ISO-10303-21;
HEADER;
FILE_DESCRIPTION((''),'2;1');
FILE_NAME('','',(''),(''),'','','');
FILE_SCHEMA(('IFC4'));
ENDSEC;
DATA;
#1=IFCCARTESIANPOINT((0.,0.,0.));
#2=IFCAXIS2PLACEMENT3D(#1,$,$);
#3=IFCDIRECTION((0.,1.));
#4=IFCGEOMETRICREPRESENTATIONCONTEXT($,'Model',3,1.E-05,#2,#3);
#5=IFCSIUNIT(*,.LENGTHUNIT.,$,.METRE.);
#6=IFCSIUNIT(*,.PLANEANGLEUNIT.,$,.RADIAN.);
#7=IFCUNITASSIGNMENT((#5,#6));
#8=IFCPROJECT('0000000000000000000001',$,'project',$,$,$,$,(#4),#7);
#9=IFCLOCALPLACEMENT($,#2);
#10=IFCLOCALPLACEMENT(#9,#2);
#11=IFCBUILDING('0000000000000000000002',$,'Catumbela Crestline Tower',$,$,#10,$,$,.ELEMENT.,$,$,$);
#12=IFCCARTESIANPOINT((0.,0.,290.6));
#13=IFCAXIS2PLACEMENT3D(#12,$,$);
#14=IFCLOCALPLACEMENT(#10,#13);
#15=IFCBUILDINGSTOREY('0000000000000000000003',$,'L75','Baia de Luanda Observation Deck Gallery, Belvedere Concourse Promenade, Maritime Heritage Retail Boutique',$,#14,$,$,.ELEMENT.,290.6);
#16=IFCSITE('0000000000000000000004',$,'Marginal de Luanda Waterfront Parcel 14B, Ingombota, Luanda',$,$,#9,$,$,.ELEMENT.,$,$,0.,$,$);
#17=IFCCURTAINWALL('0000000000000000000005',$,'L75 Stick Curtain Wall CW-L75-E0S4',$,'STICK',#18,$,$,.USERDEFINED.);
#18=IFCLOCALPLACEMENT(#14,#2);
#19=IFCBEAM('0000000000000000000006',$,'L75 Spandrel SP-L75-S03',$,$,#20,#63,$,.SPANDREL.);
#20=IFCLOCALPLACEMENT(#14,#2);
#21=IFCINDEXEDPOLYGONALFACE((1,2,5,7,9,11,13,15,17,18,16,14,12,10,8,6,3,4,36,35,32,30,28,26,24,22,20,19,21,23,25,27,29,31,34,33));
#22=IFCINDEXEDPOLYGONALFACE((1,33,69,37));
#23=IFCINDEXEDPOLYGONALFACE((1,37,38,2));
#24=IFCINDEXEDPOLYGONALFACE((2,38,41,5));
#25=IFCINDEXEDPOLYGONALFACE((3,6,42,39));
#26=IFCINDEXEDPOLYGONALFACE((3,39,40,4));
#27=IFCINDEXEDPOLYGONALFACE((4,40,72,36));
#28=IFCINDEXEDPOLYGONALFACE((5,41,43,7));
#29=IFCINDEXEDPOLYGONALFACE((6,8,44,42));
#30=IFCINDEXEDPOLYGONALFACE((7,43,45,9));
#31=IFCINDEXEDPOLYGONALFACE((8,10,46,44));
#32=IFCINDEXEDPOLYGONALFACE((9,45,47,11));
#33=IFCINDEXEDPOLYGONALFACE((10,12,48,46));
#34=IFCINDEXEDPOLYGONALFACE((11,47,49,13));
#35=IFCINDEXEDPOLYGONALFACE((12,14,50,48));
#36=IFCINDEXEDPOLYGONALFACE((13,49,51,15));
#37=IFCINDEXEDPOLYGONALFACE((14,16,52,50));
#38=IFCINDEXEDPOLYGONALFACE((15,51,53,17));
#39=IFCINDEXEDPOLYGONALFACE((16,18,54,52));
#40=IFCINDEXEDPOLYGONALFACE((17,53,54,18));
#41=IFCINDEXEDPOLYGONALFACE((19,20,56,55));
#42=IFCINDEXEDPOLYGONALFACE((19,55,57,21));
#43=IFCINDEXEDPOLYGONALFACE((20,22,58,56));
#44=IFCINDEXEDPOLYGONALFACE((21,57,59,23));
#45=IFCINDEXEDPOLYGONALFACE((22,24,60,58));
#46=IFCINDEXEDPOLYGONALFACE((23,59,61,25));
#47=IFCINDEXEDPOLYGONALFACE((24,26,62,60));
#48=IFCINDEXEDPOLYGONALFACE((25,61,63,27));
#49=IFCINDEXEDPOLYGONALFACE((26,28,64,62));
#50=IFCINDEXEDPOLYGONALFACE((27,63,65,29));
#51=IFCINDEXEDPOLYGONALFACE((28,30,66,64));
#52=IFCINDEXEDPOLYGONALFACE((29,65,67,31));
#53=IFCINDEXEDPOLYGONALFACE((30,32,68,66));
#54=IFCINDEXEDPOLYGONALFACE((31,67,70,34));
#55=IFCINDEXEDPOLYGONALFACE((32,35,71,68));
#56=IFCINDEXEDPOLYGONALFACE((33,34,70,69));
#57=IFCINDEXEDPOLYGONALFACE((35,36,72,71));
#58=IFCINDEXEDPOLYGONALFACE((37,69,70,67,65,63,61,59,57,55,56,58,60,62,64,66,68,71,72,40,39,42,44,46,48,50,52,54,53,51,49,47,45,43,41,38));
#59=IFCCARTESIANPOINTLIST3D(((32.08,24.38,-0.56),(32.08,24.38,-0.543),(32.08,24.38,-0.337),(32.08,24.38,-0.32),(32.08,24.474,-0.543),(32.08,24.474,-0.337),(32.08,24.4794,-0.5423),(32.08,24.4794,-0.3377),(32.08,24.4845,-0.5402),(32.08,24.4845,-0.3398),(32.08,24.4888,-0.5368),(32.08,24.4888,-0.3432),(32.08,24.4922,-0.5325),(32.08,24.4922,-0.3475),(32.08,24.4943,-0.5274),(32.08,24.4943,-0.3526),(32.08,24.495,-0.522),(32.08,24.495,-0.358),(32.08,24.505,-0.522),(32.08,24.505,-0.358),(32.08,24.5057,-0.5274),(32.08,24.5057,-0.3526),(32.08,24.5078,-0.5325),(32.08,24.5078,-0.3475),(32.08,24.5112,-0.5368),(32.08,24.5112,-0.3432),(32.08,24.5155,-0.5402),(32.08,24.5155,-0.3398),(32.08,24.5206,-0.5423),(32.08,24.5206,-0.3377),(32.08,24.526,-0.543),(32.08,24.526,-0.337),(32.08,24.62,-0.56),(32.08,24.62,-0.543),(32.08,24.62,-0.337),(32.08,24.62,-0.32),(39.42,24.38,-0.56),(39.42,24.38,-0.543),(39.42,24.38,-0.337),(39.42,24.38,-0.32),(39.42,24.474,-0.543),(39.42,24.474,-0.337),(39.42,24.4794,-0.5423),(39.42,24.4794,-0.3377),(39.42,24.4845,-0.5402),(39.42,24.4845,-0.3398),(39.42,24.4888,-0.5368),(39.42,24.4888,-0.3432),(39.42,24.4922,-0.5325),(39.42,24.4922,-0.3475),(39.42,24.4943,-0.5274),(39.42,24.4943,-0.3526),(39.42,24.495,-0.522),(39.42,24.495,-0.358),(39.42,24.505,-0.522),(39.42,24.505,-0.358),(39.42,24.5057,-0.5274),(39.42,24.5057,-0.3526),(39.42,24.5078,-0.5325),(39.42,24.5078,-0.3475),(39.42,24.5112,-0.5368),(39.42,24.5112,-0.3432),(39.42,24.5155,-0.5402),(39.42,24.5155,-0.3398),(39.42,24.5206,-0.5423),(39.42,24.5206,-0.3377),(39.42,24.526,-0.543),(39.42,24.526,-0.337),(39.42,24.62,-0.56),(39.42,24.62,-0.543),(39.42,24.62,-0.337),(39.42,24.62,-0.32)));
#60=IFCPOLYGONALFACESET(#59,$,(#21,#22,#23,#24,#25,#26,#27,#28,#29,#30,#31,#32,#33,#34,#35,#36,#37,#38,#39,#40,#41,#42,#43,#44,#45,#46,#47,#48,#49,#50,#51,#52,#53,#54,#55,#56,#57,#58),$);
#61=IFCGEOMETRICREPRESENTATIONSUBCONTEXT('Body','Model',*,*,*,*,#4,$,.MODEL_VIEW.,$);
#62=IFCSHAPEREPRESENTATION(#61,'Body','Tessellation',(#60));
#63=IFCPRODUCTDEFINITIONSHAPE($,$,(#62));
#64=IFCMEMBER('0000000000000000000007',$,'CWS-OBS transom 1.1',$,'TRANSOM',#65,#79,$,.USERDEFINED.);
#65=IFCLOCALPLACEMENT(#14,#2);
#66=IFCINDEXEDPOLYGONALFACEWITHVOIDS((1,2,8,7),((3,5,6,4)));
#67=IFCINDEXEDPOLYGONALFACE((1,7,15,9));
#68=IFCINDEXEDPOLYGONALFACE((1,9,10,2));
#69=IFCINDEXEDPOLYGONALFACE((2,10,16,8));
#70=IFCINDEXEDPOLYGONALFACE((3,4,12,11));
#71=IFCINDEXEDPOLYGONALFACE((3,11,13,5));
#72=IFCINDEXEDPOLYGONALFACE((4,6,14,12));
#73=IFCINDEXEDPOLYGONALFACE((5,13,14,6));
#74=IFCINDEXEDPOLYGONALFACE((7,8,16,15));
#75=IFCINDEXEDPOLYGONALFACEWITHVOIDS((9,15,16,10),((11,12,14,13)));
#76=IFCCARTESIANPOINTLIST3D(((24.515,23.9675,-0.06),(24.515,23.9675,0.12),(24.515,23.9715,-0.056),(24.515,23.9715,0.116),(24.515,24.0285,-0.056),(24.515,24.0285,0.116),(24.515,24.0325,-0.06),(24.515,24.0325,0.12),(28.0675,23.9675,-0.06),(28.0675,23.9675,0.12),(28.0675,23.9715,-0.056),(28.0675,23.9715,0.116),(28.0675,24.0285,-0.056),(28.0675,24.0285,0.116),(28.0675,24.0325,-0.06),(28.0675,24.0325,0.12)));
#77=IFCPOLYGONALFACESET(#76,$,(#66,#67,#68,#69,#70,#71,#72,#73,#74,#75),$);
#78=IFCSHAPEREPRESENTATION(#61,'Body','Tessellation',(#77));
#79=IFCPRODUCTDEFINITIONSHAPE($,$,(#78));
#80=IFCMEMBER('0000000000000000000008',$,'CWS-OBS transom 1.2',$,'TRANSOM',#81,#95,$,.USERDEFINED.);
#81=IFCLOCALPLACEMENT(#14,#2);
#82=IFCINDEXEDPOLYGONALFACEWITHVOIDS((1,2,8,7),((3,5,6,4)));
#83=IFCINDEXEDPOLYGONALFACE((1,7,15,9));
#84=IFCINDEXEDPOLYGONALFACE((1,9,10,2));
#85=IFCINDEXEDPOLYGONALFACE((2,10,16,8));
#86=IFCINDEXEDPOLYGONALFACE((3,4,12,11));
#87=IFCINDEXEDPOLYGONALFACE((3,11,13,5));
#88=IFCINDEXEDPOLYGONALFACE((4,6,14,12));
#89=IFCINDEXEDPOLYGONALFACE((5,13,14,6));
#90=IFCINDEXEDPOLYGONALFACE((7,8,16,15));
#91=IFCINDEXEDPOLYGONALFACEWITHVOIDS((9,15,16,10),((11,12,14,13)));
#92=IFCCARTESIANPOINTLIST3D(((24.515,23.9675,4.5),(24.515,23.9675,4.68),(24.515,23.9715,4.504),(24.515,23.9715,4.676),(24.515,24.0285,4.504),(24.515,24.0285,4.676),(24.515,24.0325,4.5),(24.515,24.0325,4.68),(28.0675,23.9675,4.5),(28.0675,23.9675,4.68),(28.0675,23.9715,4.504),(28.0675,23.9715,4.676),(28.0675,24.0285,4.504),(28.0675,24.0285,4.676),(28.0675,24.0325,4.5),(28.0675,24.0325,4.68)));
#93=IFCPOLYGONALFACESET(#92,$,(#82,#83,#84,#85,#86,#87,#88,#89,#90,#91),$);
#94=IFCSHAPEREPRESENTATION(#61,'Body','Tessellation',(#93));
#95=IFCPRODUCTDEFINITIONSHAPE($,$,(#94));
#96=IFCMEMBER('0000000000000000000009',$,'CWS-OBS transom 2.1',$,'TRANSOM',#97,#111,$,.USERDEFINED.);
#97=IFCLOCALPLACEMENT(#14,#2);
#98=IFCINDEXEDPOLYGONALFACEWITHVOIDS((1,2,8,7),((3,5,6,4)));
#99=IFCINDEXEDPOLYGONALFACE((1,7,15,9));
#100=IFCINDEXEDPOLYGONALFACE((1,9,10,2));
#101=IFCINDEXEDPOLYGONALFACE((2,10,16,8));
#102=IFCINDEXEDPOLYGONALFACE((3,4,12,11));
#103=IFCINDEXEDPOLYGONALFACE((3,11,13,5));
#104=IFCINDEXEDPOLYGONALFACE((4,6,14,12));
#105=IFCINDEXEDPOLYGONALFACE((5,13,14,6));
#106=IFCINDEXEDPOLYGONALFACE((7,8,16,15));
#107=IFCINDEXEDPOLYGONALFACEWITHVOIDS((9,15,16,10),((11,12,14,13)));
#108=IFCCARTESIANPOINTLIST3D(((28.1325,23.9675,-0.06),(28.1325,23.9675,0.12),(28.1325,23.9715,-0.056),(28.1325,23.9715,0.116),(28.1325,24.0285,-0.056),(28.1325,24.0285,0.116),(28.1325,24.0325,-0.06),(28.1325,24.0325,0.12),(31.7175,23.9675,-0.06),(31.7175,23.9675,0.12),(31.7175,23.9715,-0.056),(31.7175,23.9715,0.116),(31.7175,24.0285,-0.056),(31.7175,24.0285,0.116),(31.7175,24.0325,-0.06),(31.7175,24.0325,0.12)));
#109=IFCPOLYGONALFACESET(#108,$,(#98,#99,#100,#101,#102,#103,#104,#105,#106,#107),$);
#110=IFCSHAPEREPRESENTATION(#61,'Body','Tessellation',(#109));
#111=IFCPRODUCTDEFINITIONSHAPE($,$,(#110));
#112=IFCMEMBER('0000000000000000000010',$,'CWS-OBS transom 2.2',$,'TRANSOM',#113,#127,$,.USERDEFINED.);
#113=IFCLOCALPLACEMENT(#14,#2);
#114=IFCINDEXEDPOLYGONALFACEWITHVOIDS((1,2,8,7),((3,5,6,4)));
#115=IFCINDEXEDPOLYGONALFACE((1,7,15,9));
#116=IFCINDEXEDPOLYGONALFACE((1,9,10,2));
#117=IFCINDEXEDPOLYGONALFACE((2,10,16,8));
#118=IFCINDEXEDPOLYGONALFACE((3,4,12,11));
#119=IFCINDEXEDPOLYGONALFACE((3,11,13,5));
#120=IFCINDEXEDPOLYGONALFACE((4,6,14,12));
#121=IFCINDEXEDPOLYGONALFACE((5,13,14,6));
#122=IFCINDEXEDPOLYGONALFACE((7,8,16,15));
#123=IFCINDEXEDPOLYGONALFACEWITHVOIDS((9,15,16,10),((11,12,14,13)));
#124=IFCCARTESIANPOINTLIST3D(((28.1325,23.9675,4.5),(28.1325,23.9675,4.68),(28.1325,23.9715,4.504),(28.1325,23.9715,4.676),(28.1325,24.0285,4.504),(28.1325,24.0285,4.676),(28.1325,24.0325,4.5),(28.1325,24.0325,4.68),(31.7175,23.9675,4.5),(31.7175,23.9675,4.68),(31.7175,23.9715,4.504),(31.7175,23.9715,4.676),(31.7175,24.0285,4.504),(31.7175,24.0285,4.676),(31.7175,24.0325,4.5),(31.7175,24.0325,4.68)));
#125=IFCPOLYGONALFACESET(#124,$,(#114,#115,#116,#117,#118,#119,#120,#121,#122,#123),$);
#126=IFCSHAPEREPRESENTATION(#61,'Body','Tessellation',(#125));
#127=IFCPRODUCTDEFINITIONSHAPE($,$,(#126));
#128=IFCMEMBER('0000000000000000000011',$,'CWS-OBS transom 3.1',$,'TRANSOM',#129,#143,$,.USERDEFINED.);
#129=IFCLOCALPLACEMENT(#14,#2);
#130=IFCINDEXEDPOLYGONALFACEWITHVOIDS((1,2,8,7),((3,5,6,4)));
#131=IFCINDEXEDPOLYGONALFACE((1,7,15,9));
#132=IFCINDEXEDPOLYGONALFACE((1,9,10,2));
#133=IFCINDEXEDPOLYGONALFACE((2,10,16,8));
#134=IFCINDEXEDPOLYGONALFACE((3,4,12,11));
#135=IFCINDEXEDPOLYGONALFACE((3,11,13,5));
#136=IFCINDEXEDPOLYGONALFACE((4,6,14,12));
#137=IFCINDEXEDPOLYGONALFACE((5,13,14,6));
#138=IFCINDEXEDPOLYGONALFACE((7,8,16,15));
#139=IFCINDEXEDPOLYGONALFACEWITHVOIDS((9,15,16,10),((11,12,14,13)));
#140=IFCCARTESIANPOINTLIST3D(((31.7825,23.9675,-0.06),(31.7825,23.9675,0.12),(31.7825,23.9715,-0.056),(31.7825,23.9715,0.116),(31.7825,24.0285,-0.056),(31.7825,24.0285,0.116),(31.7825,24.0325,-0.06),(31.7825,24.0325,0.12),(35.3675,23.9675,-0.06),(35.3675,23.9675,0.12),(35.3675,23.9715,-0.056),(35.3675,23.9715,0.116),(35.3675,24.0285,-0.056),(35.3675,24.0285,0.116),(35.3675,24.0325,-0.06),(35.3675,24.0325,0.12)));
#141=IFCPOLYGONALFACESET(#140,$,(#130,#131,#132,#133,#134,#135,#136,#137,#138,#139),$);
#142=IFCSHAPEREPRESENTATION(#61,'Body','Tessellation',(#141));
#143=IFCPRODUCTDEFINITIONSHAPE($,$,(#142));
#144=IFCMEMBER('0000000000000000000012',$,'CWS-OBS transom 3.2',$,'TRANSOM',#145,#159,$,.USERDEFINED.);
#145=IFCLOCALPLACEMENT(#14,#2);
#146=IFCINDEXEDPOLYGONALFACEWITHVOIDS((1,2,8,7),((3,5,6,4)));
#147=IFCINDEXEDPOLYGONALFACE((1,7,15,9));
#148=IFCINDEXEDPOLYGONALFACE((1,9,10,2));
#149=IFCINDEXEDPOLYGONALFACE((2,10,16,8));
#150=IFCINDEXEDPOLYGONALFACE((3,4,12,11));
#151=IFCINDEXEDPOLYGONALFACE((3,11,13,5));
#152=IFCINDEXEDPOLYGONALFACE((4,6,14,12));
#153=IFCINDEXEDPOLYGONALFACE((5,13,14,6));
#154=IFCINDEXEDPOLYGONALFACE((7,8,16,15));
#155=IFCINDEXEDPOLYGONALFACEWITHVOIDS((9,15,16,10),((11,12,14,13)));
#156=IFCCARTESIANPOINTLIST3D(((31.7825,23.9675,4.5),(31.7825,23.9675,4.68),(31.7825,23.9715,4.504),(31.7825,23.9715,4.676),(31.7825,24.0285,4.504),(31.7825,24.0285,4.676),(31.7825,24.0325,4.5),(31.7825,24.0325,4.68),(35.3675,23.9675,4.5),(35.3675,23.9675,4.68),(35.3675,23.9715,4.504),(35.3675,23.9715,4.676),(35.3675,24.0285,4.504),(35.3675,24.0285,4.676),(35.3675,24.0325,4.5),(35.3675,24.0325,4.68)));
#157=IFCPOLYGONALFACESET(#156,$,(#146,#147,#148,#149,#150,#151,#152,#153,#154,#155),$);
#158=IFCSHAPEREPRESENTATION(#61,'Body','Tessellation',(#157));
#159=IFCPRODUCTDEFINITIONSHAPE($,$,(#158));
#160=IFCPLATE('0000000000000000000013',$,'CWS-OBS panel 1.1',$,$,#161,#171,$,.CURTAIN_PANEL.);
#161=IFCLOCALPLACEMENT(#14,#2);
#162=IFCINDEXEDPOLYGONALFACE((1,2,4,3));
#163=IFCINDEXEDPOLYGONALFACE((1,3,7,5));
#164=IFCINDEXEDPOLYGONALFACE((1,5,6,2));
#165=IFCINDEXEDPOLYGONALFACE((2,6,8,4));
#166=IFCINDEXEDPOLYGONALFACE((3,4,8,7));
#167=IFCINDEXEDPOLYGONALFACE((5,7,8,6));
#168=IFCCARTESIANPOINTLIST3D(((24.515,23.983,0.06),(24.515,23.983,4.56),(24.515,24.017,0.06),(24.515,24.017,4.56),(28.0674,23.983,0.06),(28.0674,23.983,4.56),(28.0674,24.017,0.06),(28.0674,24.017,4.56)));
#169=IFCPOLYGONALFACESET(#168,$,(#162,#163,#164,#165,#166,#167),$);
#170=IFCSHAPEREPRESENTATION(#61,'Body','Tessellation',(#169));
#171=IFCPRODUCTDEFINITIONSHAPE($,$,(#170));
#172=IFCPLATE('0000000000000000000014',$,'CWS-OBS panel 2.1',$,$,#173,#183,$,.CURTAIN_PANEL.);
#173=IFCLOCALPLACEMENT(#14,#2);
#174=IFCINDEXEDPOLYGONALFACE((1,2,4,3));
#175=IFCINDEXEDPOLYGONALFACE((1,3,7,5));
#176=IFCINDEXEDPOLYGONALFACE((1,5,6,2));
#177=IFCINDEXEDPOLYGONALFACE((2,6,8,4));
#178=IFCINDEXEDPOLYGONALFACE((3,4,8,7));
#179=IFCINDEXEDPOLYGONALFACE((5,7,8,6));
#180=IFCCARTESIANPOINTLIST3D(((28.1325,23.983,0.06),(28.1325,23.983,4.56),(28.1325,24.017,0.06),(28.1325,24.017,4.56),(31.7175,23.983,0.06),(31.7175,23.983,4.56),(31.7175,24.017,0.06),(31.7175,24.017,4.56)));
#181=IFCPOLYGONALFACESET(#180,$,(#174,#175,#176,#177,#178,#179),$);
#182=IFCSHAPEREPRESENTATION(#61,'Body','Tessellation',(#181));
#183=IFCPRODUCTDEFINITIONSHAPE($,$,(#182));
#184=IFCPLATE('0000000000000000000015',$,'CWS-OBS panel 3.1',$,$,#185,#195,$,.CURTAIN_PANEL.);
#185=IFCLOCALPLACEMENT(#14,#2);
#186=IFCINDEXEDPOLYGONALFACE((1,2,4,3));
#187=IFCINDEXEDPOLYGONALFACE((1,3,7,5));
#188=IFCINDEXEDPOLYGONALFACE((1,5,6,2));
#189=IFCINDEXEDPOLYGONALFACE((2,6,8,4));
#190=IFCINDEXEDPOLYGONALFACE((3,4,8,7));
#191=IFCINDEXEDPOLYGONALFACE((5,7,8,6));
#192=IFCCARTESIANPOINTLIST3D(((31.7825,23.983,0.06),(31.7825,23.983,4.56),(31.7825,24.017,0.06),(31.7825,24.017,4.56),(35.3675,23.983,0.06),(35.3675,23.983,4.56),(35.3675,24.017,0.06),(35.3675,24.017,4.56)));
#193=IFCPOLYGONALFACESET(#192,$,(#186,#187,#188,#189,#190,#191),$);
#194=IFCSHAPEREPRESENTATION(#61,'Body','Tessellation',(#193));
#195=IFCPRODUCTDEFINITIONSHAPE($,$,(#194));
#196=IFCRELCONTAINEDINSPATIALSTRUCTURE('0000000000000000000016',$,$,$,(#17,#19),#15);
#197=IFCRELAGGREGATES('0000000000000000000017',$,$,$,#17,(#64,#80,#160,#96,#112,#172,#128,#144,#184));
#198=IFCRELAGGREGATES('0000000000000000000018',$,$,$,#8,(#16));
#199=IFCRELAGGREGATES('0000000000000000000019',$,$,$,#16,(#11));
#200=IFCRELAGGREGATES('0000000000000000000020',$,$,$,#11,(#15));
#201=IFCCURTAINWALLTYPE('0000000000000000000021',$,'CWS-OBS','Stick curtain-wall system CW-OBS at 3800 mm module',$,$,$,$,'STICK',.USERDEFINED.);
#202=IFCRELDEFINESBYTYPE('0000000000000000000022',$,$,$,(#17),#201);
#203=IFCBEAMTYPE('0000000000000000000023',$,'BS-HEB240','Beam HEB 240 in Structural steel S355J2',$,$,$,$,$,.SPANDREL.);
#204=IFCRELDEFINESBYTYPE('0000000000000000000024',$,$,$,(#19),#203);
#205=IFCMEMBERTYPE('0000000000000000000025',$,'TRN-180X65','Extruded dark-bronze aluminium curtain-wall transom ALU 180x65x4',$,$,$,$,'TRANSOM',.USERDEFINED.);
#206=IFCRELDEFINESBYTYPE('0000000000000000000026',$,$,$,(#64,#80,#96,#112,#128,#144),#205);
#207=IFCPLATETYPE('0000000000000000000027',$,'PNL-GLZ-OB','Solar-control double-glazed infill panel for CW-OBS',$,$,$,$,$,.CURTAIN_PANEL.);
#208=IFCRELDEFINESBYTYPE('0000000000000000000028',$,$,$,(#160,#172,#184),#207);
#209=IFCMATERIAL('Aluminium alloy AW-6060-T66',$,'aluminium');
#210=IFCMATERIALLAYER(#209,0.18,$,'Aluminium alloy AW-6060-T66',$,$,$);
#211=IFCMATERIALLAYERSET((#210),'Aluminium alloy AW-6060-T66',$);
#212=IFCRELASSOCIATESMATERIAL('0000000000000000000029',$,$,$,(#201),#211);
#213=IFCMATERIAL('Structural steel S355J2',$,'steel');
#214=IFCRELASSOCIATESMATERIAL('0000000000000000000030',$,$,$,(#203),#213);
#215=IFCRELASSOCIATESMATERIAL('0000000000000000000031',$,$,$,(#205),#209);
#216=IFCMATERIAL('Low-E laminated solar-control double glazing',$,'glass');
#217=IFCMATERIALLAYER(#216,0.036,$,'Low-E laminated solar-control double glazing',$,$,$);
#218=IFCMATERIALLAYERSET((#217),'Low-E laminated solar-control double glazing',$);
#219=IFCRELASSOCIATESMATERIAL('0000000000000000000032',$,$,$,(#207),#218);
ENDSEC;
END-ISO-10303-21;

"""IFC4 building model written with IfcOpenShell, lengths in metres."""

from ifc_helpers import new_model, si_unit, direction, frame, origin, origin_2d, place, context, subcontext, project, spatial, rectangle, hollow_rectangle, i_section, extrude, material, layer, layer_set, material_profile, profile_set, type_object, element, aggregate, save


model = new_model("IFC4")

# Units and contexts
model_context = context("Model", 3, precision=1e-05, world=origin(), true_north=direction((0.0, 1.0)))
body_context = subcontext(model_context, "Body", "Model", "MODEL_VIEW")
ifc_project = project(units=[si_unit("LENGTHUNIT", "METRE"), si_unit("PLANEANGLEUNIT", "RADIAN")], contexts=[model_context])

# Site, building, storey
site_placement = place(None, origin())
site = spatial("IfcSite", under=ifc_project, at=site_placement, Name="Marginal de Luanda Waterfront Parcel 14B, Ingombota, Luanda", CompositionType="ELEMENT", RefElevation=0.0)
building_placement = place(site_placement, origin())
building = spatial("IfcBuilding", under=site, at=building_placement, Name="Catumbela Crestline Tower", CompositionType="ELEMENT")
storey_placement = place(building_placement, frame((0.0, 0.0, 290.6)))
storey = spatial("IfcBuildingStorey", under=building, at=storey_placement, Name="L75", Description="Baia de Luanda Observation Deck Gallery, Belvedere Concourse Promenade, Maritime Heritage Retail Boutique", CompositionType="ELEMENT", Elevation=290.6)

# Shared definitions
ifc_material_1 = material(Name="Structural steel S355J2", Category="steel")

# Curtain wall
ifc_material_2 = material(Name="Aluminium alloy AW-6060-T66", Category="aluminium")
ifc_layer_1 = layer(ifc_material_2, 0.18, Name="Aluminium alloy AW-6060-T66")
ifc_layer_set_1 = layer_set([ifc_layer_1], Name="Aluminium alloy AW-6060-T66")
curtain_wall_type = type_object("IfcCurtainWallType", Name="CWS-OBS", Description="Stick curtain-wall system CW-OBS at 3800 mm module", ElementType="STICK", PredefinedType="USERDEFINED", material=ifc_layer_set_1)
curtain_wall_placement = place(storey_placement, origin())
curtain_wall = element("IfcCurtainWall", 1, at=curtain_wall_placement, inside=storey, type_object=curtain_wall_type, Name="L75 Stick Curtain Wall CW-L75-E0S4", ObjectType="STICK", PredefinedType="USERDEFINED")

# Beam
ifc_material_profile_1 = material_profile(ifc_material_1, i_section(OverallWidth=0.24, OverallDepth=0.24, WebThickness=0.01, FlangeThickness=0.017, FilletRadius=0.021, at=origin_2d()), Name="HEB 240")
ifc_profile_set_1 = profile_set([ifc_material_profile_1], Name="Structural steel S355J2")
beam_type_1 = type_object("IfcBeamType", Name="BS-HEB240", Description="Beam HEB 240 in Structural steel S355J2", PredefinedType="SPANDREL", material=ifc_profile_set_1)
beam_1_placement = place(storey_placement, frame((32.08, 24.5, -0.44), z_axis=(1.0, 0.0, 0.0), x_axis=(0.0, 1.0, 0.0)))
element("IfcBeam", 2, at=beam_1_placement, inside=storey, type_object=beam_type_1, Name="L75 Spandrel SP-L75-S03", PredefinedType="SPANDREL", context=body_context, shape_type="SweptSolid", body=[
    extrude(i_section(OverallWidth=0.24, OverallDepth=0.24, WebThickness=0.01, FlangeThickness=0.017, FilletRadius=0.021, at=origin_2d()), origin(), (0.0, 0.0, 1.0), 7.34),
])

# Members
ifc_material_profile_2 = material_profile(ifc_material_2, hollow_rectangle(XDim=0.065, YDim=0.18, WallThickness=0.004, at=origin_2d()), Name="ALU 180x65x4")
ifc_profile_set_2 = profile_set([ifc_material_profile_2], Name="Aluminium alloy AW-6060-T66")
member_type_1 = type_object("IfcMemberType", Name="TRN-180X65", Description="Extruded dark-bronze aluminium curtain-wall transom ALU 180x65x4", ElementType="TRANSOM", PredefinedType="USERDEFINED", material=ifc_profile_set_2)
member_1_placement = place(storey_placement, frame((24.515, 24.0, 0.03), z_axis=(1.0, 0.0, 0.0), x_axis=(0.0, 1.0, 0.0)))
member_1 = element("IfcMember", 3, at=member_1_placement, type_object=member_type_1, Name="CWS-OBS transom 1.1", ObjectType="TRANSOM", PredefinedType="USERDEFINED", context=body_context, shape_type="SweptSolid", body=[
    extrude(hollow_rectangle(XDim=0.065, YDim=0.18, WallThickness=0.004, at=origin_2d()), origin(), (0.0, 0.0, 1.0), 3.5525),
])
member_2_placement = place(storey_placement, frame((24.515, 24.0, 4.59), z_axis=(1.0, 0.0, 0.0), x_axis=(0.0, 1.0, 0.0)))
member_2 = element("IfcMember", 4, at=member_2_placement, type_object=member_type_1, Name="CWS-OBS transom 1.2", ObjectType="TRANSOM", PredefinedType="USERDEFINED", context=body_context, shape_type="SweptSolid", body=[
    extrude(hollow_rectangle(XDim=0.065, YDim=0.18, WallThickness=0.004, at=origin_2d()), origin(), (0.0, 0.0, 1.0), 3.5525),
])
member_3_placement = place(storey_placement, frame((28.1325, 24.0, 0.03), z_axis=(1.0, 0.0, 0.0), x_axis=(0.0, 1.0, 0.0)))
member_3 = element("IfcMember", 5, at=member_3_placement, type_object=member_type_1, Name="CWS-OBS transom 2.1", ObjectType="TRANSOM", PredefinedType="USERDEFINED", context=body_context, shape_type="SweptSolid", body=[
    extrude(hollow_rectangle(XDim=0.065, YDim=0.18, WallThickness=0.004, at=origin_2d()), origin(), (0.0, 0.0, 1.0), 3.585),
])
member_4_placement = place(storey_placement, frame((28.1325, 24.0, 4.59), z_axis=(1.0, 0.0, 0.0), x_axis=(0.0, 1.0, 0.0)))
member_4 = element("IfcMember", 6, at=member_4_placement, type_object=member_type_1, Name="CWS-OBS transom 2.2", ObjectType="TRANSOM", PredefinedType="USERDEFINED", context=body_context, shape_type="SweptSolid", body=[
    extrude(hollow_rectangle(XDim=0.065, YDim=0.18, WallThickness=0.004, at=origin_2d()), origin(), (0.0, 0.0, 1.0), 3.585),
])
member_5_placement = place(storey_placement, frame((31.7825, 24.0, 0.03), z_axis=(1.0, 0.0, 0.0), x_axis=(0.0, 1.0, 0.0)))
member_5 = element("IfcMember", 7, at=member_5_placement, type_object=member_type_1, Name="CWS-OBS transom 3.1", ObjectType="TRANSOM", PredefinedType="USERDEFINED", context=body_context, shape_type="SweptSolid", body=[
    extrude(hollow_rectangle(XDim=0.065, YDim=0.18, WallThickness=0.004, at=origin_2d()), origin(), (0.0, 0.0, 1.0), 3.585),
])
member_6_placement = place(storey_placement, frame((31.7825, 24.0, 4.59), z_axis=(1.0, 0.0, 0.0), x_axis=(0.0, 1.0, 0.0)))
member_6 = element("IfcMember", 8, at=member_6_placement, type_object=member_type_1, Name="CWS-OBS transom 3.2", ObjectType="TRANSOM", PredefinedType="USERDEFINED", context=body_context, shape_type="SweptSolid", body=[
    extrude(hollow_rectangle(XDim=0.065, YDim=0.18, WallThickness=0.004, at=origin_2d()), origin(), (0.0, 0.0, 1.0), 3.585),
])

# Plates
ifc_material_3 = material(Name="Low-E laminated solar-control double glazing", Category="glass")
ifc_layer_2 = layer(ifc_material_3, 0.036, Name="Low-E laminated solar-control double glazing")
ifc_layer_set_2 = layer_set([ifc_layer_2], Name="Low-E laminated solar-control double glazing")
plate_type = type_object("IfcPlateType", Name="PNL-GLZ-OB", Description="Solar-control double-glazed infill panel for CW-OBS", PredefinedType="CURTAIN_PANEL", material=ifc_layer_set_2)
plate_1_placement = place(storey_placement, frame((26.2912, 24.0, 0.06), z_axis=(0.0, 0.0, 1.0), x_axis=(1.0, 0.0, 0.0)))
plate_1 = element("IfcPlate", 9, at=plate_1_placement, type_object=plate_type, Name="CWS-OBS panel 1.1", PredefinedType="CURTAIN_PANEL", context=body_context, shape_type="SweptSolid", body=[
    extrude(rectangle(XDim=3.5525, YDim=0.034, at=origin_2d()), origin(), (0.0, 0.0, 1.0), 4.5),
])
plate_2_placement = place(storey_placement, frame((29.925, 24.0, 0.06), z_axis=(0.0, 0.0, 1.0), x_axis=(1.0, 0.0, 0.0)))
plate_2 = element("IfcPlate", 10, at=plate_2_placement, type_object=plate_type, Name="CWS-OBS panel 2.1", PredefinedType="CURTAIN_PANEL", context=body_context, shape_type="SweptSolid", body=[
    extrude(rectangle(XDim=3.585, YDim=0.034, at=origin_2d()), origin(), (0.0, 0.0, 1.0), 4.5),
])
plate_3_placement = place(storey_placement, frame((33.575, 24.0, 0.06), z_axis=(0.0, 0.0, 1.0), x_axis=(1.0, 0.0, 0.0)))
plate_3 = element("IfcPlate", 11, at=plate_3_placement, type_object=plate_type, Name="CWS-OBS panel 3.1", PredefinedType="CURTAIN_PANEL", context=body_context, shape_type="SweptSolid", body=[
    extrude(rectangle(XDim=3.585, YDim=0.034, at=origin_2d()), origin(), (0.0, 0.0, 1.0), 4.5),
])
aggregate(curtain_wall, [member_1, member_2, plate_1, member_3, member_4, plate_2, member_5, member_6, plate_3])

save(model, "model.ifc")
